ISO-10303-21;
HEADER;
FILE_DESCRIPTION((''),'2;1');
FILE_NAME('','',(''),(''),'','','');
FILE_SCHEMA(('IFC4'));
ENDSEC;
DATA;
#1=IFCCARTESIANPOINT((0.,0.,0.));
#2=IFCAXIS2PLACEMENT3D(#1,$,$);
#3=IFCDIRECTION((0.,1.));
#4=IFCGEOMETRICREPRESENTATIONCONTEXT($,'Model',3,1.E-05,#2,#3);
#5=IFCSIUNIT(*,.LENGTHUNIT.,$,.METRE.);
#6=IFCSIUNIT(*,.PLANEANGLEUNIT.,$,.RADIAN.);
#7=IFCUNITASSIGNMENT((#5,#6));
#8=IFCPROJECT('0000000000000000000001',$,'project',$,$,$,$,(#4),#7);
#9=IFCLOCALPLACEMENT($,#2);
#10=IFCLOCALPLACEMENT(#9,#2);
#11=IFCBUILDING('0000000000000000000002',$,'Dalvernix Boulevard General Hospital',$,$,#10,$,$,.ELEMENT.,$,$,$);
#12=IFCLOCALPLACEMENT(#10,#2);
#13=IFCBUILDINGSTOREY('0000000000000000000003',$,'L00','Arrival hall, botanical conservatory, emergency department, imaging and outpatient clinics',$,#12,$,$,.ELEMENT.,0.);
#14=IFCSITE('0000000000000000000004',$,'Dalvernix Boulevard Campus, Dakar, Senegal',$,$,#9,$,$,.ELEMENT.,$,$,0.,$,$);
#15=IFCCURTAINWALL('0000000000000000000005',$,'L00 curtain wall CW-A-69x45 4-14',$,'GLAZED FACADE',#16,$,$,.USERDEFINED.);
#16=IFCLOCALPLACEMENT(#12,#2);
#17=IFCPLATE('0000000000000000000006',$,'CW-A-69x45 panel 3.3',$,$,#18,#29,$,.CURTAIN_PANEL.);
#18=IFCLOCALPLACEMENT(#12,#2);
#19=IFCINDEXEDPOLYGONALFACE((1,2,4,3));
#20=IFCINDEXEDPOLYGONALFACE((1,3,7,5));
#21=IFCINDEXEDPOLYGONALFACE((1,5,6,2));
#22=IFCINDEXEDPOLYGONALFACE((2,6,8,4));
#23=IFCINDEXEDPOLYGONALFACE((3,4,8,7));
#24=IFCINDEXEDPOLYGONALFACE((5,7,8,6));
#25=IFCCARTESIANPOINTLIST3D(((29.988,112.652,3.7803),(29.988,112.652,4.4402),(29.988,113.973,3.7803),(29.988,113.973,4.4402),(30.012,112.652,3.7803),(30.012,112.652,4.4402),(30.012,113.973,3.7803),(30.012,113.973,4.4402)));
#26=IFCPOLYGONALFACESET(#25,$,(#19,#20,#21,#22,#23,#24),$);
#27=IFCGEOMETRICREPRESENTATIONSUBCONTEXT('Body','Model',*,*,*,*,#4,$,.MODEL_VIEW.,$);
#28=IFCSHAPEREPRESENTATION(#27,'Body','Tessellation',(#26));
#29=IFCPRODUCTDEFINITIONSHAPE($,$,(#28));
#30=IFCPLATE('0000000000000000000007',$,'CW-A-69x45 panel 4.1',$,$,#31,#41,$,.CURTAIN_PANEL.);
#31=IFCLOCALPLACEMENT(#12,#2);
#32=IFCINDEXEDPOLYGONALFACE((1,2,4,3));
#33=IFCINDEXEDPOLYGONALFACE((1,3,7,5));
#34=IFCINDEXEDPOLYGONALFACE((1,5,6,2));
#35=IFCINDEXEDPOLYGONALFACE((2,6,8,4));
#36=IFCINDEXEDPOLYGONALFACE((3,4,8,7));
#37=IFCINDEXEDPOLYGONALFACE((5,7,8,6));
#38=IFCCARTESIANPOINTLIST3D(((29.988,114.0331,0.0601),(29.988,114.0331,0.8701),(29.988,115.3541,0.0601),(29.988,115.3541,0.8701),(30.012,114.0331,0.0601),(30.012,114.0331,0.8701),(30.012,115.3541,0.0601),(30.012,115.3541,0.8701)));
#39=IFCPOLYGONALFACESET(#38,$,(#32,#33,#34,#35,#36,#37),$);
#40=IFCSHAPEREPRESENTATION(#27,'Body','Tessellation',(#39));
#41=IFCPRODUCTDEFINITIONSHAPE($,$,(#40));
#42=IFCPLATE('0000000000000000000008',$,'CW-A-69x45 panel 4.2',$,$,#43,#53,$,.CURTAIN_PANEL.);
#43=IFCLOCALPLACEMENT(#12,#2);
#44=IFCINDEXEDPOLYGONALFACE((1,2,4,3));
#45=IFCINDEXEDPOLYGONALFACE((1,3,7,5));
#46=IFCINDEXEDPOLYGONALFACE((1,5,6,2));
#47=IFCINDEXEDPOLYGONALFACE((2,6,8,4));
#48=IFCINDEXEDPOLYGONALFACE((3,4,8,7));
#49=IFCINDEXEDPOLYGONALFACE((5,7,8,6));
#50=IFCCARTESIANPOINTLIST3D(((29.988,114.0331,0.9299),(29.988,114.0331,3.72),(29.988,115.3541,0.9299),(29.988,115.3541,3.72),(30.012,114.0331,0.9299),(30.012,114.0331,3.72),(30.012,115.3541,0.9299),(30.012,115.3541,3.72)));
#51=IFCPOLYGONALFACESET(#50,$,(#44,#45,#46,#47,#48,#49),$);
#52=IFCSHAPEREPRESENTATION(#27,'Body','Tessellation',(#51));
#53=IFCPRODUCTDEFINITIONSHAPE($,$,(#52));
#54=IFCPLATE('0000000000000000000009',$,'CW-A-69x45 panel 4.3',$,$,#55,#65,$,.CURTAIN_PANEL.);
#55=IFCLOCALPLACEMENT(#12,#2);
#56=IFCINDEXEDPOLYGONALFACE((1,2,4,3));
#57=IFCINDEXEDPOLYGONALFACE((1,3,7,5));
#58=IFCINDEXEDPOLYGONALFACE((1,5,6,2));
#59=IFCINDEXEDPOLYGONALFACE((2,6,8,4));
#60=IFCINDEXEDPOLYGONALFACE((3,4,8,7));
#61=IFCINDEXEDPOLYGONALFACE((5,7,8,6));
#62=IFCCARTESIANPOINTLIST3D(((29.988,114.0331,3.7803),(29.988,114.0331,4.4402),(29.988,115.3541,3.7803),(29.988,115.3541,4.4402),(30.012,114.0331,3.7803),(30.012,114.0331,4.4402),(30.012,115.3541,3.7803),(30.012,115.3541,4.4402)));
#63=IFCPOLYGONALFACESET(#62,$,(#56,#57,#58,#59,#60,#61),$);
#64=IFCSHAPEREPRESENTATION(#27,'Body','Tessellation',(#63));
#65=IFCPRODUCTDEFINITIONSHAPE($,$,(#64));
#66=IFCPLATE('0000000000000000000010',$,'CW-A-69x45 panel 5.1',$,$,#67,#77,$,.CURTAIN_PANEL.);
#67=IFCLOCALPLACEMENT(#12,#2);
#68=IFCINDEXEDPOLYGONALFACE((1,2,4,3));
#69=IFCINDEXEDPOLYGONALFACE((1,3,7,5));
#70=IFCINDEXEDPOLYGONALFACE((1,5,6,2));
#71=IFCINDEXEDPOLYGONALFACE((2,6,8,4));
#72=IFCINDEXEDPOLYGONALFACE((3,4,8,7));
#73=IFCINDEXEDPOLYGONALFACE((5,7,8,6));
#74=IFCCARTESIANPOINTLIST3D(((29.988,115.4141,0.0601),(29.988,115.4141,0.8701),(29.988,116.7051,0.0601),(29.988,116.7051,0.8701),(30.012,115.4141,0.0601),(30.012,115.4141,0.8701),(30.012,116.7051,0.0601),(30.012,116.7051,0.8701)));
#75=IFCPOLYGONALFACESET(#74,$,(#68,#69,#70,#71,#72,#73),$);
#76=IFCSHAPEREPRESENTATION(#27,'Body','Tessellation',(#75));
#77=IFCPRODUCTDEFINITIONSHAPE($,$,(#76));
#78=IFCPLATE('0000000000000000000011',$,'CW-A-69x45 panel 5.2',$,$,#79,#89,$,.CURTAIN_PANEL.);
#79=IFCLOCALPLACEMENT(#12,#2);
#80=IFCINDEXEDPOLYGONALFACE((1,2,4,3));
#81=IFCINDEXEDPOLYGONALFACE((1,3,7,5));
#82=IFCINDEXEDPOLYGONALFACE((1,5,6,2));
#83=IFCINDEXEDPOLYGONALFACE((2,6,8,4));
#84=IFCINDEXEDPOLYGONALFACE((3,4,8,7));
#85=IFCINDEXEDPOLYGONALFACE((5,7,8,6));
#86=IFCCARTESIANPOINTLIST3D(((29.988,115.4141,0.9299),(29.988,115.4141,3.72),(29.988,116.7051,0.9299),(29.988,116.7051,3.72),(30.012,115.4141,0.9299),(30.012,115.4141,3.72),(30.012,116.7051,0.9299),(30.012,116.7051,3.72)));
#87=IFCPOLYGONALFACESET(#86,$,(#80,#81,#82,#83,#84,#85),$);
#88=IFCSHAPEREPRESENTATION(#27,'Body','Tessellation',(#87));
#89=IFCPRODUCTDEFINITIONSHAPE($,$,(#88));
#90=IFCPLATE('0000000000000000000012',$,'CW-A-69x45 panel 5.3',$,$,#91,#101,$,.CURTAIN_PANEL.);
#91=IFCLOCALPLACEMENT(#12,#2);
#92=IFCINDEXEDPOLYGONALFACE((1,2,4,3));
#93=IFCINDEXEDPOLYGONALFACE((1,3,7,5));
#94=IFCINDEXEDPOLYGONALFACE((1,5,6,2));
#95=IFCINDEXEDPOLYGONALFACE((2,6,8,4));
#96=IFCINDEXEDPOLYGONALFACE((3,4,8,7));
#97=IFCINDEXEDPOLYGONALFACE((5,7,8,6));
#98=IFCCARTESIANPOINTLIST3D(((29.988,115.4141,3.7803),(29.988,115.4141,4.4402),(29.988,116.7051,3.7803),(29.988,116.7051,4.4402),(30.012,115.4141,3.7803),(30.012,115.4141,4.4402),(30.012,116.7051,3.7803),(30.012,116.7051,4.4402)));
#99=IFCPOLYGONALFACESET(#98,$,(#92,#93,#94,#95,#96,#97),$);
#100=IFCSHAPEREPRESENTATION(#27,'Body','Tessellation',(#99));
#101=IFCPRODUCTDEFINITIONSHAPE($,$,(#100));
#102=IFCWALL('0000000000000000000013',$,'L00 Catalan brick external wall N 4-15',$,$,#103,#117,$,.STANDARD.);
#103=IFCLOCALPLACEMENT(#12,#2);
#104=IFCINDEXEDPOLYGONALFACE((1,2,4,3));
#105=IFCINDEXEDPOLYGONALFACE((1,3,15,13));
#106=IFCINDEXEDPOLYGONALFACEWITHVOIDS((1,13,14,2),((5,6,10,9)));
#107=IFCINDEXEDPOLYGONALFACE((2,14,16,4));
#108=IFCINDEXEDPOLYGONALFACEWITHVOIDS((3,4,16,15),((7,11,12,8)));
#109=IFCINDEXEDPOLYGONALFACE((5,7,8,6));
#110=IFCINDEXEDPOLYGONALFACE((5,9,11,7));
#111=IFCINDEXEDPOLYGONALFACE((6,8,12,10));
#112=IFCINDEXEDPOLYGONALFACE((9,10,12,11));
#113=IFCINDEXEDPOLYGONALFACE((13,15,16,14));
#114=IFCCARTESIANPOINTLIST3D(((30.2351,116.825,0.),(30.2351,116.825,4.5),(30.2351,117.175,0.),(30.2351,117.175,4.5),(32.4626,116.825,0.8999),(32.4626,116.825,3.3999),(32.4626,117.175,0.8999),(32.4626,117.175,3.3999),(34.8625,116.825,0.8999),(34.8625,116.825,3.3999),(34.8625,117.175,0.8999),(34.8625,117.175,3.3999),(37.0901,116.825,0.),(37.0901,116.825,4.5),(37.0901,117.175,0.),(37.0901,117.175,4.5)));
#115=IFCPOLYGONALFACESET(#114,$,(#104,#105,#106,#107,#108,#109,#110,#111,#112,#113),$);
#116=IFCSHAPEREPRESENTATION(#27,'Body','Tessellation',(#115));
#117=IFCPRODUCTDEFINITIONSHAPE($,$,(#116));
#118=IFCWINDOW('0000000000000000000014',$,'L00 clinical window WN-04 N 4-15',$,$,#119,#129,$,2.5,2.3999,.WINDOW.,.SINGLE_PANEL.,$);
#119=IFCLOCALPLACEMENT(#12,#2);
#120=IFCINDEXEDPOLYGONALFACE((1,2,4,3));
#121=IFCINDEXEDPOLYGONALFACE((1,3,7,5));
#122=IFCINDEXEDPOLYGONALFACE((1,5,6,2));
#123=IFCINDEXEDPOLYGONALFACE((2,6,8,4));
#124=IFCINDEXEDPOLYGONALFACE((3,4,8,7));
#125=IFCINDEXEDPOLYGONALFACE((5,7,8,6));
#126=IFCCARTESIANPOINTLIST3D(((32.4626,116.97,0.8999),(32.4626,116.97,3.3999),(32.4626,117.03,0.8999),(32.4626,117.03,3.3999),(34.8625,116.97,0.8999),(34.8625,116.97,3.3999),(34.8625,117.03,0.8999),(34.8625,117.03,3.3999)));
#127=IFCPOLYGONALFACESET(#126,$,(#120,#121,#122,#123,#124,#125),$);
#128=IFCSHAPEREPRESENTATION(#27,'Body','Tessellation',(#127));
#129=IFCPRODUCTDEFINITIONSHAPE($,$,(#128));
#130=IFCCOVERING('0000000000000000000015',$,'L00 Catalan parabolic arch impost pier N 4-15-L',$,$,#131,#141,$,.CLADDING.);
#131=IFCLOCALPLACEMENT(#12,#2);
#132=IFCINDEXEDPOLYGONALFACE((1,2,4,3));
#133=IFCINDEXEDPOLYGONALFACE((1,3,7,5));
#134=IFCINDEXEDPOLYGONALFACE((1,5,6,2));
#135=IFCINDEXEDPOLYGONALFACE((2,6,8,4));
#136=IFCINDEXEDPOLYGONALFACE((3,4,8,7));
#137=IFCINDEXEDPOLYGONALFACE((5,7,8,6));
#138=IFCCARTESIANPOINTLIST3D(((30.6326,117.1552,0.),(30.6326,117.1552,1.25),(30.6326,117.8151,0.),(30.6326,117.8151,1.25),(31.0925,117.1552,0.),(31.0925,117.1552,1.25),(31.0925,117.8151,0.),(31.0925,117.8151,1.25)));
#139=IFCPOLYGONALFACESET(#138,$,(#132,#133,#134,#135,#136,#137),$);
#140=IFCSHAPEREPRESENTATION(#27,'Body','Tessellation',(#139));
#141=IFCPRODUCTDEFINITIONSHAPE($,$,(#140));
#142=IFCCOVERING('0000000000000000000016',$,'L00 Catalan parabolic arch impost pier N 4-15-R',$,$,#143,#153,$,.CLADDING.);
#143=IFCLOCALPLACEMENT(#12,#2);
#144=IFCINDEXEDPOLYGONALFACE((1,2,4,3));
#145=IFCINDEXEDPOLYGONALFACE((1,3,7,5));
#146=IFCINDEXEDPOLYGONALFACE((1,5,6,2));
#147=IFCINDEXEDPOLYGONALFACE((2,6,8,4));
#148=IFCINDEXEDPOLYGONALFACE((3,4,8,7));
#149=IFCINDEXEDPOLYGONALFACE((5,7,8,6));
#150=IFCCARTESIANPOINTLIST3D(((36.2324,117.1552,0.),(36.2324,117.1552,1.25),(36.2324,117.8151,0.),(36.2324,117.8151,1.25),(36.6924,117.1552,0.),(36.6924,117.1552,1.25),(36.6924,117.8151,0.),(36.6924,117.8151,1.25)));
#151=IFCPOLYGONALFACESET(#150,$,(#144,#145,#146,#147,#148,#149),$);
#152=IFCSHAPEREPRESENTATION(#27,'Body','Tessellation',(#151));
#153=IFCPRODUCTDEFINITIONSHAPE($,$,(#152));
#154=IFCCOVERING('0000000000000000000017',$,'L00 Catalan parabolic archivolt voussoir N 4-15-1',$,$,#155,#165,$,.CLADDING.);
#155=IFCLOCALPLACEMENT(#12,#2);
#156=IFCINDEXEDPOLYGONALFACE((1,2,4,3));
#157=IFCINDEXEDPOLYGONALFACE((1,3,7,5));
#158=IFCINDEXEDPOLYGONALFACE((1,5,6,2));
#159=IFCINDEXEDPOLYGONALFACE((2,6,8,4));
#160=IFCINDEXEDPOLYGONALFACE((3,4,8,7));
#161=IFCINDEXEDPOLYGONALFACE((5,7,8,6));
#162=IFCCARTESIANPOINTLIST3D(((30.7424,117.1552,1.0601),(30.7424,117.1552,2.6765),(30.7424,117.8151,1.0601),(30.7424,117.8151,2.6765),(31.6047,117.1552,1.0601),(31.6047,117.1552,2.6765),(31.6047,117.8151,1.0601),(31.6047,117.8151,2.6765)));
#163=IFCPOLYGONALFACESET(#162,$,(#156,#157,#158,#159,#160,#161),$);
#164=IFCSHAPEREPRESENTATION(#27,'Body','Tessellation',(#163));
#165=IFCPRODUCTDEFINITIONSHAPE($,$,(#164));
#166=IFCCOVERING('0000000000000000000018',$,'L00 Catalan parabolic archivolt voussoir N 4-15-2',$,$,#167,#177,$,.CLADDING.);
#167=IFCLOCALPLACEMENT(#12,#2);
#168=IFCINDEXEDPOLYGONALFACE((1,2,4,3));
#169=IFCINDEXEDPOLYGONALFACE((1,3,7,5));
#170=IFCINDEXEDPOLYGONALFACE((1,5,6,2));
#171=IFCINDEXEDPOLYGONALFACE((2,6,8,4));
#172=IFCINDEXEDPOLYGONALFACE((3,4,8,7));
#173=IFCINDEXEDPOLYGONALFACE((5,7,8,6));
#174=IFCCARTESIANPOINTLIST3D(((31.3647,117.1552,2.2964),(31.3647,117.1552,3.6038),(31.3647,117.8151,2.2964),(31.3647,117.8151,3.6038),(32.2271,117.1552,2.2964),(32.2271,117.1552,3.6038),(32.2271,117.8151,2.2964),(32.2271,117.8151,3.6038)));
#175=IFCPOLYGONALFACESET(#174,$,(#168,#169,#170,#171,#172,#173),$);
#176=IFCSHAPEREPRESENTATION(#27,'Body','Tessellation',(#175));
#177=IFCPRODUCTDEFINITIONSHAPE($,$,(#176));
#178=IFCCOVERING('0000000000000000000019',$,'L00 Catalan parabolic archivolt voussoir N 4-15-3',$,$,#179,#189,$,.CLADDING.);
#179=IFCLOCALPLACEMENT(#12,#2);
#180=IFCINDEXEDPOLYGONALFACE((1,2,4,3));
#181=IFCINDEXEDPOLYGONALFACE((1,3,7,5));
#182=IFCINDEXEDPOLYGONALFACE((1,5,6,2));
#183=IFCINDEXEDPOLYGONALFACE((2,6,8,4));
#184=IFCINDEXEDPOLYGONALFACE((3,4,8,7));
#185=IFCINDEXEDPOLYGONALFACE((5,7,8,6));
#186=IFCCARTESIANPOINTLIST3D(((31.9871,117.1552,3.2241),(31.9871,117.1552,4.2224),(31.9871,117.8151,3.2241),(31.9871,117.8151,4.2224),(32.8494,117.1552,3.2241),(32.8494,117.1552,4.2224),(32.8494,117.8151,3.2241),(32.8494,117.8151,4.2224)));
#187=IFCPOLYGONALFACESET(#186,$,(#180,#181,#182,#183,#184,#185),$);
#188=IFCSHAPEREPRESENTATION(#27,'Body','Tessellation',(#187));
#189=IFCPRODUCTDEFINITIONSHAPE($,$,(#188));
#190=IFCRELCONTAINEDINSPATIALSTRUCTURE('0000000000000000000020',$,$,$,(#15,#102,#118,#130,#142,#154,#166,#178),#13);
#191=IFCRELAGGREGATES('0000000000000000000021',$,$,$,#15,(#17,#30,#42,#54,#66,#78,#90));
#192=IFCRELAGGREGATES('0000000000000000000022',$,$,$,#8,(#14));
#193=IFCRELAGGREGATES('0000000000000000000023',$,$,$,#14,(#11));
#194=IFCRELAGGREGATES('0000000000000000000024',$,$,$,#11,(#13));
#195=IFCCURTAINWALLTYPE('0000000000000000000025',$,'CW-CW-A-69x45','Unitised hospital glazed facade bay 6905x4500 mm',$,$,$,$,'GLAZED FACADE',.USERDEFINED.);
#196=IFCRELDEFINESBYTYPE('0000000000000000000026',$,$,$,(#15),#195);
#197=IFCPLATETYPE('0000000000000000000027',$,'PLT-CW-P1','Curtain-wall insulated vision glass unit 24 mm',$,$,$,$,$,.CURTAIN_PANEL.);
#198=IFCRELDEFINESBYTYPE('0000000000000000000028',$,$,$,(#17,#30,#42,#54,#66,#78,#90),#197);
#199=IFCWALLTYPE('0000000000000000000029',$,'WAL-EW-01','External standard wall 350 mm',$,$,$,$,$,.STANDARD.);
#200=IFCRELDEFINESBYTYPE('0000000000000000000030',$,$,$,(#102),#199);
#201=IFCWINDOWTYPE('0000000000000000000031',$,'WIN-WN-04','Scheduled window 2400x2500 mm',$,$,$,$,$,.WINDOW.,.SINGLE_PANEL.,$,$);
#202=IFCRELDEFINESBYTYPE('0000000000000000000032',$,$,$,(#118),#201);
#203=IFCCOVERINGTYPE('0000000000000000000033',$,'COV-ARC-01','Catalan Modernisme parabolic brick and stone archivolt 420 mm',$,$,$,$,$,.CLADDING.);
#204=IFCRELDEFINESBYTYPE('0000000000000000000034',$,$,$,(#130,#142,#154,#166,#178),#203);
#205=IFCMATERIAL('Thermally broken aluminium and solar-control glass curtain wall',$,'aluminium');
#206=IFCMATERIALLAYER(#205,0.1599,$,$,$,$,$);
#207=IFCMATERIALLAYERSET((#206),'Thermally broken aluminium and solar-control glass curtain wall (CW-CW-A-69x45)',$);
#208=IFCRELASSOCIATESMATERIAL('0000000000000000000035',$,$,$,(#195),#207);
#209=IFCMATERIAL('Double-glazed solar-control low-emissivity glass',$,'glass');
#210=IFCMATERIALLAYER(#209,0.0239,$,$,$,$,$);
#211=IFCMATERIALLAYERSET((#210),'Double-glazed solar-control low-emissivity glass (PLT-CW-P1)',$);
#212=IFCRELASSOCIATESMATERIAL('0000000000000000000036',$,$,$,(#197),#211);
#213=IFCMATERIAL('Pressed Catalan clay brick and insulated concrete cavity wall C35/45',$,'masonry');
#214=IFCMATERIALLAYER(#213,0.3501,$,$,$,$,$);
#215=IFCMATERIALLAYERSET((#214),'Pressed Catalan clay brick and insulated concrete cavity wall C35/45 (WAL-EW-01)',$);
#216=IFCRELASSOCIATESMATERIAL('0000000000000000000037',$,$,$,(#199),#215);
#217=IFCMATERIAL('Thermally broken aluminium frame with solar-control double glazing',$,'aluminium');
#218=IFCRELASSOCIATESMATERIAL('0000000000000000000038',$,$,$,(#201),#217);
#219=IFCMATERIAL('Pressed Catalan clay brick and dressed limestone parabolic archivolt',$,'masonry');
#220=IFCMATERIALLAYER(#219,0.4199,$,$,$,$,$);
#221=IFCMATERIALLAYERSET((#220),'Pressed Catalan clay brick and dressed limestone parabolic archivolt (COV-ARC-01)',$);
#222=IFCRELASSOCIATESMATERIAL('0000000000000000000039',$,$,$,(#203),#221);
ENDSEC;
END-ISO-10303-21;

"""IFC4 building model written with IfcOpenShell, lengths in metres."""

from ifc_helpers import new_model, si_unit, direction, frame, frame_2d, origin, origin_2d, place, context, subcontext, project, spatial, rectangle, extrude, material, layer, layer_set, type_object, element, fill, aggregate, save


model = new_model("IFC4")

# Units and contexts
model_context = context("Model", 3, precision=1e-05, world=origin(), true_north=direction((0.0, 1.0)))
body_context = subcontext(model_context, "Body", "Model", "MODEL_VIEW")
ifc_project = project(units=[si_unit("LENGTHUNIT", "METRE"), si_unit("PLANEANGLEUNIT", "RADIAN")], contexts=[model_context])

# Site, building, storey
site_placement = place(None, origin())
site = spatial("IfcSite", under=ifc_project, at=site_placement, Name="Dalvernix Boulevard Campus, Dakar, Senegal", CompositionType="ELEMENT", RefElevation=0.0)
building_placement = place(site_placement, origin())
building = spatial("IfcBuilding", under=site, at=building_placement, Name="Dalvernix Boulevard General Hospital", CompositionType="ELEMENT")
storey_placement = place(building_placement, origin())
storey = spatial("IfcBuildingStorey", under=building, at=storey_placement, Name="L00", Description="Arrival hall, botanical conservatory, emergency department, imaging and outpatient clinics", CompositionType="ELEMENT", Elevation=0.0)

# Curtain wall, plates
ifc_material_1 = material(Name="Thermally broken aluminium and solar-control glass curtain wall", Category="aluminium")
ifc_layer_1 = layer(ifc_material_1, 0.1599)
ifc_layer_set_1 = layer_set([ifc_layer_1], Name="Thermally broken aluminium and solar-control glass curtain wall (CW-CW-A-69x45)")
curtain_wall_type = type_object("IfcCurtainWallType", Name="CW-CW-A-69x45", Description="Unitised hospital glazed facade bay 6905x4500 mm", ElementType="GLAZED FACADE", PredefinedType="USERDEFINED", material=ifc_layer_set_1)
curtain_wall_placement = place(storey_placement, origin())
curtain_wall = element("IfcCurtainWall", 1, at=curtain_wall_placement, inside=storey, type_object=curtain_wall_type, Name="L00 curtain wall CW-A-69x45 4-14", ObjectType="GLAZED FACADE", PredefinedType="USERDEFINED")
ifc_material_2 = material(Name="Double-glazed solar-control low-emissivity glass", Category="glass")
ifc_layer_2 = layer(ifc_material_2, 0.0239)
ifc_layer_set_2 = layer_set([ifc_layer_2], Name="Double-glazed solar-control low-emissivity glass (PLT-CW-P1)")
plate_type = type_object("IfcPlateType", Name="PLT-CW-P1", Description="Curtain-wall insulated vision glass unit 24 mm", PredefinedType="CURTAIN_PANEL", material=ifc_layer_set_2)
plate_1_placement = place(storey_placement, frame((30.0, 113.3125, 3.7803), z_axis=(0.0, 0.0, 1.0), x_axis=(0.0, 1.0, 0.0)))
plate_1 = element("IfcPlate", 2, at=plate_1_placement, type_object=plate_type, Name="CW-A-69x45 panel 3.3", PredefinedType="CURTAIN_PANEL", context=body_context, shape_type="SweptSolid", body=[
    extrude(rectangle(XDim=1.321, YDim=0.0239, at=origin_2d()), origin(), (0.0, 0.0, 1.0), 0.6599),
])
plate_2_placement = place(storey_placement, frame((30.0, 114.6936, 0.0601), z_axis=(0.0, 0.0, 1.0), x_axis=(0.0, 1.0, 0.0)))
plate_2 = element("IfcPlate", 3, at=plate_2_placement, type_object=plate_type, Name="CW-A-69x45 panel 4.1", PredefinedType="CURTAIN_PANEL", context=body_context, shape_type="SweptSolid", body=[
    extrude(rectangle(XDim=1.321, YDim=0.0239, at=origin_2d()), origin(), (0.0, 0.0, 1.0), 0.8101),
])
plate_3_placement = place(storey_placement, frame((30.0, 114.6936, 0.9299), z_axis=(0.0, 0.0, 1.0), x_axis=(0.0, 1.0, 0.0)))
plate_3 = element("IfcPlate", 4, at=plate_3_placement, type_object=plate_type, Name="CW-A-69x45 panel 4.2", PredefinedType="CURTAIN_PANEL", context=body_context, shape_type="SweptSolid", body=[
    extrude(rectangle(XDim=1.321, YDim=0.0239, at=origin_2d()), origin(), (0.0, 0.0, 1.0), 2.79),
])
plate_4_placement = place(storey_placement, frame((30.0, 114.6936, 3.7803), z_axis=(0.0, 0.0, 1.0), x_axis=(0.0, 1.0, 0.0)))
plate_4 = element("IfcPlate", 5, at=plate_4_placement, type_object=plate_type, Name="CW-A-69x45 panel 4.3", PredefinedType="CURTAIN_PANEL", context=body_context, shape_type="SweptSolid", body=[
    extrude(rectangle(XDim=1.321, YDim=0.0239, at=origin_2d()), origin(), (0.0, 0.0, 1.0), 0.6599),
])
plate_5_placement = place(storey_placement, frame((30.0, 116.0596, 0.0601), z_axis=(0.0, 0.0, 1.0), x_axis=(0.0, 1.0, 0.0)))
plate_5 = element("IfcPlate", 6, at=plate_5_placement, type_object=plate_type, Name="CW-A-69x45 panel 5.1", PredefinedType="CURTAIN_PANEL", context=body_context, shape_type="SweptSolid", body=[
    extrude(rectangle(XDim=1.291, YDim=0.0239, at=origin_2d()), origin(), (0.0, 0.0, 1.0), 0.8101),
])
plate_6_placement = place(storey_placement, frame((30.0, 116.0596, 0.9299), z_axis=(0.0, 0.0, 1.0), x_axis=(0.0, 1.0, 0.0)))
plate_6 = element("IfcPlate", 7, at=plate_6_placement, type_object=plate_type, Name="CW-A-69x45 panel 5.2", PredefinedType="CURTAIN_PANEL", context=body_context, shape_type="SweptSolid", body=[
    extrude(rectangle(XDim=1.291, YDim=0.0239, at=origin_2d()), origin(), (0.0, 0.0, 1.0), 2.79),
])
plate_7_placement = place(storey_placement, frame((30.0, 116.0596, 3.7803), z_axis=(0.0, 0.0, 1.0), x_axis=(0.0, 1.0, 0.0)))
plate_7 = element("IfcPlate", 8, at=plate_7_placement, type_object=plate_type, Name="CW-A-69x45 panel 5.3", PredefinedType="CURTAIN_PANEL", context=body_context, shape_type="SweptSolid", body=[
    extrude(rectangle(XDim=1.291, YDim=0.0239, at=origin_2d()), origin(), (0.0, 0.0, 1.0), 0.6599),
])
aggregate(curtain_wall, [plate_1, plate_2, plate_3, plate_4, plate_5, plate_6, plate_7])

# Wall, opening, window
ifc_material_3 = material(Name="Pressed Catalan clay brick and insulated concrete cavity wall C35/45", Category="masonry")
ifc_layer_3 = layer(ifc_material_3, 0.3501)
ifc_layer_set_3 = layer_set([ifc_layer_3], Name="Pressed Catalan clay brick and insulated concrete cavity wall C35/45 (WAL-EW-01)")
wall_type = type_object("IfcWallType", Name="WAL-EW-01", Description="External standard wall 350 mm", PredefinedType="STANDARD", material=ifc_layer_set_3)
wall_placement = place(storey_placement, frame((30.2351, 117.0, 0.0), z_axis=(0.0, 0.0, 1.0), x_axis=(1.0, 0.0, 0.0)))
wall = element("IfcWall", 9, at=wall_placement, inside=storey, type_object=wall_type, Name="L00 Catalan brick external wall N 4-15", PredefinedType="STANDARD", context=body_context, shape_type="SweptSolid", body=[
    extrude(rectangle(XDim=6.855, YDim=0.3501, at=frame_2d((3.4275, 0.0))), origin(), (0.0, 0.0, 1.0), 4.5),
])
opening_placement = place(wall_placement, frame((2.2275, 0.0, 0.8999)))
opening = element("IfcOpeningElement", 10, at=opening_placement, cuts=wall, PredefinedType="OPENING", context=body_context, shape_type="SweptSolid", body=[
    extrude(rectangle(XDim=2.3999, YDim=2.5, at=frame_2d((1.2, 1.25))), frame((0.0, 0.1851, 0.0), z_axis=(0.0, -1.0, 0.0), x_axis=(1.0, 0.0, 0.0)), (0.0, 0.0, 1.0), 0.3701),
])
ifc_material_4 = material(Name="Thermally broken aluminium frame with solar-control double glazing", Category="aluminium")
window_type = type_object("IfcWindowType", Name="WIN-WN-04", Description="Scheduled window 2400x2500 mm", PartitioningType="SINGLE_PANEL", PredefinedType="WINDOW", material=ifc_material_4)
window_placement = place(opening_placement, origin())
window = element("IfcWindow", 11, at=window_placement, inside=storey, type_object=window_type, Name="L00 clinical window WN-04 N 4-15", OverallHeight=2.5, OverallWidth=2.3999, PartitioningType="SINGLE_PANEL", PredefinedType="WINDOW", context=body_context, shape_type="SweptSolid", body=[
    extrude(rectangle(XDim=2.3999, YDim=2.5, at=frame_2d((1.2, 1.25))), frame((0.0, 0.03, 0.0), z_axis=(0.0, -1.0, 0.0), x_axis=(1.0, 0.0, 0.0)), (0.0, 0.0, 1.0), 0.0601),
])
fill(opening, window)

# Coverings
ifc_material_5 = material(Name="Pressed Catalan clay brick and dressed limestone parabolic archivolt", Category="masonry")
ifc_layer_4 = layer(ifc_material_5, 0.4199)
ifc_layer_set_4 = layer_set([ifc_layer_4], Name="Pressed Catalan clay brick and dressed limestone parabolic archivolt (COV-ARC-01)")
covering_type_1 = type_object("IfcCoveringType", Name="COV-ARC-01", Description="Catalan Modernisme parabolic brick and stone archivolt 420 mm", PredefinedType="CLADDING", material=ifc_layer_set_4)
for number, where, z_axis, x_axis, name in (
    (12, (30.8625, 117.4851, 0.0), (0.0, 0.0, 1.0), (1.0, 0.0, 0.0), "L00 Catalan parabolic arch impost pier N 4-15-L"),
    (13, (36.4624, 117.4851, 0.0), (0.0, 0.0, 1.0), (1.0, 0.0, 0.0), "L00 Catalan parabolic arch impost pier N 4-15-R"),
):
    element("IfcCovering", number, at=place(storey_placement, frame(where, z_axis=z_axis, x_axis=x_axis)), inside=storey, type_object=covering_type_1, Name=name, PredefinedType="CLADDING", context=body_context, shape_type="SweptSolid", body=[
        extrude(rectangle(XDim=0.46, YDim=0.6599, at=origin_2d()), origin(), (0.0, 0.0, 1.0), 1.25),
    ])
covering_1_placement = place(storey_placement, frame((31.1736, 117.4851, 1.0601), z_axis=(0.0, 0.0, 1.0), x_axis=(1.0, 0.0, 0.0)))
element("IfcCovering", 14, at=covering_1_placement, inside=storey, type_object=covering_type_1, Name="L00 Catalan parabolic archivolt voussoir N 4-15-1", PredefinedType="CLADDING", context=body_context, shape_type="SweptSolid", body=[
    extrude(rectangle(XDim=0.8623, YDim=0.6599, at=origin_2d()), origin(), (0.0, 0.0, 1.0), 1.6165),
])
covering_2_placement = place(storey_placement, frame((31.7959, 117.4851, 2.2964), z_axis=(0.0, 0.0, 1.0), x_axis=(1.0, 0.0, 0.0)))
element("IfcCovering", 15, at=covering_2_placement, inside=storey, type_object=covering_type_1, Name="L00 Catalan parabolic archivolt voussoir N 4-15-2", PredefinedType="CLADDING", context=body_context, shape_type="SweptSolid", body=[
    extrude(rectangle(XDim=0.8623, YDim=0.6599, at=origin_2d()), origin(), (0.0, 0.0, 1.0), 1.3074),
])
covering_3_placement = place(storey_placement, frame((32.4182, 117.4851, 3.2241), z_axis=(0.0, 0.0, 1.0), x_axis=(1.0, 0.0, 0.0)))
element("IfcCovering", 16, at=covering_3_placement, inside=storey, type_object=covering_type_1, Name="L00 Catalan parabolic archivolt voussoir N 4-15-3", PredefinedType="CLADDING", context=body_context, shape_type="SweptSolid", body=[
    extrude(rectangle(XDim=0.8623, YDim=0.6599, at=origin_2d()), origin(), (0.0, 0.0, 1.0), 0.9983),
])

save(model, "model.ifc")
